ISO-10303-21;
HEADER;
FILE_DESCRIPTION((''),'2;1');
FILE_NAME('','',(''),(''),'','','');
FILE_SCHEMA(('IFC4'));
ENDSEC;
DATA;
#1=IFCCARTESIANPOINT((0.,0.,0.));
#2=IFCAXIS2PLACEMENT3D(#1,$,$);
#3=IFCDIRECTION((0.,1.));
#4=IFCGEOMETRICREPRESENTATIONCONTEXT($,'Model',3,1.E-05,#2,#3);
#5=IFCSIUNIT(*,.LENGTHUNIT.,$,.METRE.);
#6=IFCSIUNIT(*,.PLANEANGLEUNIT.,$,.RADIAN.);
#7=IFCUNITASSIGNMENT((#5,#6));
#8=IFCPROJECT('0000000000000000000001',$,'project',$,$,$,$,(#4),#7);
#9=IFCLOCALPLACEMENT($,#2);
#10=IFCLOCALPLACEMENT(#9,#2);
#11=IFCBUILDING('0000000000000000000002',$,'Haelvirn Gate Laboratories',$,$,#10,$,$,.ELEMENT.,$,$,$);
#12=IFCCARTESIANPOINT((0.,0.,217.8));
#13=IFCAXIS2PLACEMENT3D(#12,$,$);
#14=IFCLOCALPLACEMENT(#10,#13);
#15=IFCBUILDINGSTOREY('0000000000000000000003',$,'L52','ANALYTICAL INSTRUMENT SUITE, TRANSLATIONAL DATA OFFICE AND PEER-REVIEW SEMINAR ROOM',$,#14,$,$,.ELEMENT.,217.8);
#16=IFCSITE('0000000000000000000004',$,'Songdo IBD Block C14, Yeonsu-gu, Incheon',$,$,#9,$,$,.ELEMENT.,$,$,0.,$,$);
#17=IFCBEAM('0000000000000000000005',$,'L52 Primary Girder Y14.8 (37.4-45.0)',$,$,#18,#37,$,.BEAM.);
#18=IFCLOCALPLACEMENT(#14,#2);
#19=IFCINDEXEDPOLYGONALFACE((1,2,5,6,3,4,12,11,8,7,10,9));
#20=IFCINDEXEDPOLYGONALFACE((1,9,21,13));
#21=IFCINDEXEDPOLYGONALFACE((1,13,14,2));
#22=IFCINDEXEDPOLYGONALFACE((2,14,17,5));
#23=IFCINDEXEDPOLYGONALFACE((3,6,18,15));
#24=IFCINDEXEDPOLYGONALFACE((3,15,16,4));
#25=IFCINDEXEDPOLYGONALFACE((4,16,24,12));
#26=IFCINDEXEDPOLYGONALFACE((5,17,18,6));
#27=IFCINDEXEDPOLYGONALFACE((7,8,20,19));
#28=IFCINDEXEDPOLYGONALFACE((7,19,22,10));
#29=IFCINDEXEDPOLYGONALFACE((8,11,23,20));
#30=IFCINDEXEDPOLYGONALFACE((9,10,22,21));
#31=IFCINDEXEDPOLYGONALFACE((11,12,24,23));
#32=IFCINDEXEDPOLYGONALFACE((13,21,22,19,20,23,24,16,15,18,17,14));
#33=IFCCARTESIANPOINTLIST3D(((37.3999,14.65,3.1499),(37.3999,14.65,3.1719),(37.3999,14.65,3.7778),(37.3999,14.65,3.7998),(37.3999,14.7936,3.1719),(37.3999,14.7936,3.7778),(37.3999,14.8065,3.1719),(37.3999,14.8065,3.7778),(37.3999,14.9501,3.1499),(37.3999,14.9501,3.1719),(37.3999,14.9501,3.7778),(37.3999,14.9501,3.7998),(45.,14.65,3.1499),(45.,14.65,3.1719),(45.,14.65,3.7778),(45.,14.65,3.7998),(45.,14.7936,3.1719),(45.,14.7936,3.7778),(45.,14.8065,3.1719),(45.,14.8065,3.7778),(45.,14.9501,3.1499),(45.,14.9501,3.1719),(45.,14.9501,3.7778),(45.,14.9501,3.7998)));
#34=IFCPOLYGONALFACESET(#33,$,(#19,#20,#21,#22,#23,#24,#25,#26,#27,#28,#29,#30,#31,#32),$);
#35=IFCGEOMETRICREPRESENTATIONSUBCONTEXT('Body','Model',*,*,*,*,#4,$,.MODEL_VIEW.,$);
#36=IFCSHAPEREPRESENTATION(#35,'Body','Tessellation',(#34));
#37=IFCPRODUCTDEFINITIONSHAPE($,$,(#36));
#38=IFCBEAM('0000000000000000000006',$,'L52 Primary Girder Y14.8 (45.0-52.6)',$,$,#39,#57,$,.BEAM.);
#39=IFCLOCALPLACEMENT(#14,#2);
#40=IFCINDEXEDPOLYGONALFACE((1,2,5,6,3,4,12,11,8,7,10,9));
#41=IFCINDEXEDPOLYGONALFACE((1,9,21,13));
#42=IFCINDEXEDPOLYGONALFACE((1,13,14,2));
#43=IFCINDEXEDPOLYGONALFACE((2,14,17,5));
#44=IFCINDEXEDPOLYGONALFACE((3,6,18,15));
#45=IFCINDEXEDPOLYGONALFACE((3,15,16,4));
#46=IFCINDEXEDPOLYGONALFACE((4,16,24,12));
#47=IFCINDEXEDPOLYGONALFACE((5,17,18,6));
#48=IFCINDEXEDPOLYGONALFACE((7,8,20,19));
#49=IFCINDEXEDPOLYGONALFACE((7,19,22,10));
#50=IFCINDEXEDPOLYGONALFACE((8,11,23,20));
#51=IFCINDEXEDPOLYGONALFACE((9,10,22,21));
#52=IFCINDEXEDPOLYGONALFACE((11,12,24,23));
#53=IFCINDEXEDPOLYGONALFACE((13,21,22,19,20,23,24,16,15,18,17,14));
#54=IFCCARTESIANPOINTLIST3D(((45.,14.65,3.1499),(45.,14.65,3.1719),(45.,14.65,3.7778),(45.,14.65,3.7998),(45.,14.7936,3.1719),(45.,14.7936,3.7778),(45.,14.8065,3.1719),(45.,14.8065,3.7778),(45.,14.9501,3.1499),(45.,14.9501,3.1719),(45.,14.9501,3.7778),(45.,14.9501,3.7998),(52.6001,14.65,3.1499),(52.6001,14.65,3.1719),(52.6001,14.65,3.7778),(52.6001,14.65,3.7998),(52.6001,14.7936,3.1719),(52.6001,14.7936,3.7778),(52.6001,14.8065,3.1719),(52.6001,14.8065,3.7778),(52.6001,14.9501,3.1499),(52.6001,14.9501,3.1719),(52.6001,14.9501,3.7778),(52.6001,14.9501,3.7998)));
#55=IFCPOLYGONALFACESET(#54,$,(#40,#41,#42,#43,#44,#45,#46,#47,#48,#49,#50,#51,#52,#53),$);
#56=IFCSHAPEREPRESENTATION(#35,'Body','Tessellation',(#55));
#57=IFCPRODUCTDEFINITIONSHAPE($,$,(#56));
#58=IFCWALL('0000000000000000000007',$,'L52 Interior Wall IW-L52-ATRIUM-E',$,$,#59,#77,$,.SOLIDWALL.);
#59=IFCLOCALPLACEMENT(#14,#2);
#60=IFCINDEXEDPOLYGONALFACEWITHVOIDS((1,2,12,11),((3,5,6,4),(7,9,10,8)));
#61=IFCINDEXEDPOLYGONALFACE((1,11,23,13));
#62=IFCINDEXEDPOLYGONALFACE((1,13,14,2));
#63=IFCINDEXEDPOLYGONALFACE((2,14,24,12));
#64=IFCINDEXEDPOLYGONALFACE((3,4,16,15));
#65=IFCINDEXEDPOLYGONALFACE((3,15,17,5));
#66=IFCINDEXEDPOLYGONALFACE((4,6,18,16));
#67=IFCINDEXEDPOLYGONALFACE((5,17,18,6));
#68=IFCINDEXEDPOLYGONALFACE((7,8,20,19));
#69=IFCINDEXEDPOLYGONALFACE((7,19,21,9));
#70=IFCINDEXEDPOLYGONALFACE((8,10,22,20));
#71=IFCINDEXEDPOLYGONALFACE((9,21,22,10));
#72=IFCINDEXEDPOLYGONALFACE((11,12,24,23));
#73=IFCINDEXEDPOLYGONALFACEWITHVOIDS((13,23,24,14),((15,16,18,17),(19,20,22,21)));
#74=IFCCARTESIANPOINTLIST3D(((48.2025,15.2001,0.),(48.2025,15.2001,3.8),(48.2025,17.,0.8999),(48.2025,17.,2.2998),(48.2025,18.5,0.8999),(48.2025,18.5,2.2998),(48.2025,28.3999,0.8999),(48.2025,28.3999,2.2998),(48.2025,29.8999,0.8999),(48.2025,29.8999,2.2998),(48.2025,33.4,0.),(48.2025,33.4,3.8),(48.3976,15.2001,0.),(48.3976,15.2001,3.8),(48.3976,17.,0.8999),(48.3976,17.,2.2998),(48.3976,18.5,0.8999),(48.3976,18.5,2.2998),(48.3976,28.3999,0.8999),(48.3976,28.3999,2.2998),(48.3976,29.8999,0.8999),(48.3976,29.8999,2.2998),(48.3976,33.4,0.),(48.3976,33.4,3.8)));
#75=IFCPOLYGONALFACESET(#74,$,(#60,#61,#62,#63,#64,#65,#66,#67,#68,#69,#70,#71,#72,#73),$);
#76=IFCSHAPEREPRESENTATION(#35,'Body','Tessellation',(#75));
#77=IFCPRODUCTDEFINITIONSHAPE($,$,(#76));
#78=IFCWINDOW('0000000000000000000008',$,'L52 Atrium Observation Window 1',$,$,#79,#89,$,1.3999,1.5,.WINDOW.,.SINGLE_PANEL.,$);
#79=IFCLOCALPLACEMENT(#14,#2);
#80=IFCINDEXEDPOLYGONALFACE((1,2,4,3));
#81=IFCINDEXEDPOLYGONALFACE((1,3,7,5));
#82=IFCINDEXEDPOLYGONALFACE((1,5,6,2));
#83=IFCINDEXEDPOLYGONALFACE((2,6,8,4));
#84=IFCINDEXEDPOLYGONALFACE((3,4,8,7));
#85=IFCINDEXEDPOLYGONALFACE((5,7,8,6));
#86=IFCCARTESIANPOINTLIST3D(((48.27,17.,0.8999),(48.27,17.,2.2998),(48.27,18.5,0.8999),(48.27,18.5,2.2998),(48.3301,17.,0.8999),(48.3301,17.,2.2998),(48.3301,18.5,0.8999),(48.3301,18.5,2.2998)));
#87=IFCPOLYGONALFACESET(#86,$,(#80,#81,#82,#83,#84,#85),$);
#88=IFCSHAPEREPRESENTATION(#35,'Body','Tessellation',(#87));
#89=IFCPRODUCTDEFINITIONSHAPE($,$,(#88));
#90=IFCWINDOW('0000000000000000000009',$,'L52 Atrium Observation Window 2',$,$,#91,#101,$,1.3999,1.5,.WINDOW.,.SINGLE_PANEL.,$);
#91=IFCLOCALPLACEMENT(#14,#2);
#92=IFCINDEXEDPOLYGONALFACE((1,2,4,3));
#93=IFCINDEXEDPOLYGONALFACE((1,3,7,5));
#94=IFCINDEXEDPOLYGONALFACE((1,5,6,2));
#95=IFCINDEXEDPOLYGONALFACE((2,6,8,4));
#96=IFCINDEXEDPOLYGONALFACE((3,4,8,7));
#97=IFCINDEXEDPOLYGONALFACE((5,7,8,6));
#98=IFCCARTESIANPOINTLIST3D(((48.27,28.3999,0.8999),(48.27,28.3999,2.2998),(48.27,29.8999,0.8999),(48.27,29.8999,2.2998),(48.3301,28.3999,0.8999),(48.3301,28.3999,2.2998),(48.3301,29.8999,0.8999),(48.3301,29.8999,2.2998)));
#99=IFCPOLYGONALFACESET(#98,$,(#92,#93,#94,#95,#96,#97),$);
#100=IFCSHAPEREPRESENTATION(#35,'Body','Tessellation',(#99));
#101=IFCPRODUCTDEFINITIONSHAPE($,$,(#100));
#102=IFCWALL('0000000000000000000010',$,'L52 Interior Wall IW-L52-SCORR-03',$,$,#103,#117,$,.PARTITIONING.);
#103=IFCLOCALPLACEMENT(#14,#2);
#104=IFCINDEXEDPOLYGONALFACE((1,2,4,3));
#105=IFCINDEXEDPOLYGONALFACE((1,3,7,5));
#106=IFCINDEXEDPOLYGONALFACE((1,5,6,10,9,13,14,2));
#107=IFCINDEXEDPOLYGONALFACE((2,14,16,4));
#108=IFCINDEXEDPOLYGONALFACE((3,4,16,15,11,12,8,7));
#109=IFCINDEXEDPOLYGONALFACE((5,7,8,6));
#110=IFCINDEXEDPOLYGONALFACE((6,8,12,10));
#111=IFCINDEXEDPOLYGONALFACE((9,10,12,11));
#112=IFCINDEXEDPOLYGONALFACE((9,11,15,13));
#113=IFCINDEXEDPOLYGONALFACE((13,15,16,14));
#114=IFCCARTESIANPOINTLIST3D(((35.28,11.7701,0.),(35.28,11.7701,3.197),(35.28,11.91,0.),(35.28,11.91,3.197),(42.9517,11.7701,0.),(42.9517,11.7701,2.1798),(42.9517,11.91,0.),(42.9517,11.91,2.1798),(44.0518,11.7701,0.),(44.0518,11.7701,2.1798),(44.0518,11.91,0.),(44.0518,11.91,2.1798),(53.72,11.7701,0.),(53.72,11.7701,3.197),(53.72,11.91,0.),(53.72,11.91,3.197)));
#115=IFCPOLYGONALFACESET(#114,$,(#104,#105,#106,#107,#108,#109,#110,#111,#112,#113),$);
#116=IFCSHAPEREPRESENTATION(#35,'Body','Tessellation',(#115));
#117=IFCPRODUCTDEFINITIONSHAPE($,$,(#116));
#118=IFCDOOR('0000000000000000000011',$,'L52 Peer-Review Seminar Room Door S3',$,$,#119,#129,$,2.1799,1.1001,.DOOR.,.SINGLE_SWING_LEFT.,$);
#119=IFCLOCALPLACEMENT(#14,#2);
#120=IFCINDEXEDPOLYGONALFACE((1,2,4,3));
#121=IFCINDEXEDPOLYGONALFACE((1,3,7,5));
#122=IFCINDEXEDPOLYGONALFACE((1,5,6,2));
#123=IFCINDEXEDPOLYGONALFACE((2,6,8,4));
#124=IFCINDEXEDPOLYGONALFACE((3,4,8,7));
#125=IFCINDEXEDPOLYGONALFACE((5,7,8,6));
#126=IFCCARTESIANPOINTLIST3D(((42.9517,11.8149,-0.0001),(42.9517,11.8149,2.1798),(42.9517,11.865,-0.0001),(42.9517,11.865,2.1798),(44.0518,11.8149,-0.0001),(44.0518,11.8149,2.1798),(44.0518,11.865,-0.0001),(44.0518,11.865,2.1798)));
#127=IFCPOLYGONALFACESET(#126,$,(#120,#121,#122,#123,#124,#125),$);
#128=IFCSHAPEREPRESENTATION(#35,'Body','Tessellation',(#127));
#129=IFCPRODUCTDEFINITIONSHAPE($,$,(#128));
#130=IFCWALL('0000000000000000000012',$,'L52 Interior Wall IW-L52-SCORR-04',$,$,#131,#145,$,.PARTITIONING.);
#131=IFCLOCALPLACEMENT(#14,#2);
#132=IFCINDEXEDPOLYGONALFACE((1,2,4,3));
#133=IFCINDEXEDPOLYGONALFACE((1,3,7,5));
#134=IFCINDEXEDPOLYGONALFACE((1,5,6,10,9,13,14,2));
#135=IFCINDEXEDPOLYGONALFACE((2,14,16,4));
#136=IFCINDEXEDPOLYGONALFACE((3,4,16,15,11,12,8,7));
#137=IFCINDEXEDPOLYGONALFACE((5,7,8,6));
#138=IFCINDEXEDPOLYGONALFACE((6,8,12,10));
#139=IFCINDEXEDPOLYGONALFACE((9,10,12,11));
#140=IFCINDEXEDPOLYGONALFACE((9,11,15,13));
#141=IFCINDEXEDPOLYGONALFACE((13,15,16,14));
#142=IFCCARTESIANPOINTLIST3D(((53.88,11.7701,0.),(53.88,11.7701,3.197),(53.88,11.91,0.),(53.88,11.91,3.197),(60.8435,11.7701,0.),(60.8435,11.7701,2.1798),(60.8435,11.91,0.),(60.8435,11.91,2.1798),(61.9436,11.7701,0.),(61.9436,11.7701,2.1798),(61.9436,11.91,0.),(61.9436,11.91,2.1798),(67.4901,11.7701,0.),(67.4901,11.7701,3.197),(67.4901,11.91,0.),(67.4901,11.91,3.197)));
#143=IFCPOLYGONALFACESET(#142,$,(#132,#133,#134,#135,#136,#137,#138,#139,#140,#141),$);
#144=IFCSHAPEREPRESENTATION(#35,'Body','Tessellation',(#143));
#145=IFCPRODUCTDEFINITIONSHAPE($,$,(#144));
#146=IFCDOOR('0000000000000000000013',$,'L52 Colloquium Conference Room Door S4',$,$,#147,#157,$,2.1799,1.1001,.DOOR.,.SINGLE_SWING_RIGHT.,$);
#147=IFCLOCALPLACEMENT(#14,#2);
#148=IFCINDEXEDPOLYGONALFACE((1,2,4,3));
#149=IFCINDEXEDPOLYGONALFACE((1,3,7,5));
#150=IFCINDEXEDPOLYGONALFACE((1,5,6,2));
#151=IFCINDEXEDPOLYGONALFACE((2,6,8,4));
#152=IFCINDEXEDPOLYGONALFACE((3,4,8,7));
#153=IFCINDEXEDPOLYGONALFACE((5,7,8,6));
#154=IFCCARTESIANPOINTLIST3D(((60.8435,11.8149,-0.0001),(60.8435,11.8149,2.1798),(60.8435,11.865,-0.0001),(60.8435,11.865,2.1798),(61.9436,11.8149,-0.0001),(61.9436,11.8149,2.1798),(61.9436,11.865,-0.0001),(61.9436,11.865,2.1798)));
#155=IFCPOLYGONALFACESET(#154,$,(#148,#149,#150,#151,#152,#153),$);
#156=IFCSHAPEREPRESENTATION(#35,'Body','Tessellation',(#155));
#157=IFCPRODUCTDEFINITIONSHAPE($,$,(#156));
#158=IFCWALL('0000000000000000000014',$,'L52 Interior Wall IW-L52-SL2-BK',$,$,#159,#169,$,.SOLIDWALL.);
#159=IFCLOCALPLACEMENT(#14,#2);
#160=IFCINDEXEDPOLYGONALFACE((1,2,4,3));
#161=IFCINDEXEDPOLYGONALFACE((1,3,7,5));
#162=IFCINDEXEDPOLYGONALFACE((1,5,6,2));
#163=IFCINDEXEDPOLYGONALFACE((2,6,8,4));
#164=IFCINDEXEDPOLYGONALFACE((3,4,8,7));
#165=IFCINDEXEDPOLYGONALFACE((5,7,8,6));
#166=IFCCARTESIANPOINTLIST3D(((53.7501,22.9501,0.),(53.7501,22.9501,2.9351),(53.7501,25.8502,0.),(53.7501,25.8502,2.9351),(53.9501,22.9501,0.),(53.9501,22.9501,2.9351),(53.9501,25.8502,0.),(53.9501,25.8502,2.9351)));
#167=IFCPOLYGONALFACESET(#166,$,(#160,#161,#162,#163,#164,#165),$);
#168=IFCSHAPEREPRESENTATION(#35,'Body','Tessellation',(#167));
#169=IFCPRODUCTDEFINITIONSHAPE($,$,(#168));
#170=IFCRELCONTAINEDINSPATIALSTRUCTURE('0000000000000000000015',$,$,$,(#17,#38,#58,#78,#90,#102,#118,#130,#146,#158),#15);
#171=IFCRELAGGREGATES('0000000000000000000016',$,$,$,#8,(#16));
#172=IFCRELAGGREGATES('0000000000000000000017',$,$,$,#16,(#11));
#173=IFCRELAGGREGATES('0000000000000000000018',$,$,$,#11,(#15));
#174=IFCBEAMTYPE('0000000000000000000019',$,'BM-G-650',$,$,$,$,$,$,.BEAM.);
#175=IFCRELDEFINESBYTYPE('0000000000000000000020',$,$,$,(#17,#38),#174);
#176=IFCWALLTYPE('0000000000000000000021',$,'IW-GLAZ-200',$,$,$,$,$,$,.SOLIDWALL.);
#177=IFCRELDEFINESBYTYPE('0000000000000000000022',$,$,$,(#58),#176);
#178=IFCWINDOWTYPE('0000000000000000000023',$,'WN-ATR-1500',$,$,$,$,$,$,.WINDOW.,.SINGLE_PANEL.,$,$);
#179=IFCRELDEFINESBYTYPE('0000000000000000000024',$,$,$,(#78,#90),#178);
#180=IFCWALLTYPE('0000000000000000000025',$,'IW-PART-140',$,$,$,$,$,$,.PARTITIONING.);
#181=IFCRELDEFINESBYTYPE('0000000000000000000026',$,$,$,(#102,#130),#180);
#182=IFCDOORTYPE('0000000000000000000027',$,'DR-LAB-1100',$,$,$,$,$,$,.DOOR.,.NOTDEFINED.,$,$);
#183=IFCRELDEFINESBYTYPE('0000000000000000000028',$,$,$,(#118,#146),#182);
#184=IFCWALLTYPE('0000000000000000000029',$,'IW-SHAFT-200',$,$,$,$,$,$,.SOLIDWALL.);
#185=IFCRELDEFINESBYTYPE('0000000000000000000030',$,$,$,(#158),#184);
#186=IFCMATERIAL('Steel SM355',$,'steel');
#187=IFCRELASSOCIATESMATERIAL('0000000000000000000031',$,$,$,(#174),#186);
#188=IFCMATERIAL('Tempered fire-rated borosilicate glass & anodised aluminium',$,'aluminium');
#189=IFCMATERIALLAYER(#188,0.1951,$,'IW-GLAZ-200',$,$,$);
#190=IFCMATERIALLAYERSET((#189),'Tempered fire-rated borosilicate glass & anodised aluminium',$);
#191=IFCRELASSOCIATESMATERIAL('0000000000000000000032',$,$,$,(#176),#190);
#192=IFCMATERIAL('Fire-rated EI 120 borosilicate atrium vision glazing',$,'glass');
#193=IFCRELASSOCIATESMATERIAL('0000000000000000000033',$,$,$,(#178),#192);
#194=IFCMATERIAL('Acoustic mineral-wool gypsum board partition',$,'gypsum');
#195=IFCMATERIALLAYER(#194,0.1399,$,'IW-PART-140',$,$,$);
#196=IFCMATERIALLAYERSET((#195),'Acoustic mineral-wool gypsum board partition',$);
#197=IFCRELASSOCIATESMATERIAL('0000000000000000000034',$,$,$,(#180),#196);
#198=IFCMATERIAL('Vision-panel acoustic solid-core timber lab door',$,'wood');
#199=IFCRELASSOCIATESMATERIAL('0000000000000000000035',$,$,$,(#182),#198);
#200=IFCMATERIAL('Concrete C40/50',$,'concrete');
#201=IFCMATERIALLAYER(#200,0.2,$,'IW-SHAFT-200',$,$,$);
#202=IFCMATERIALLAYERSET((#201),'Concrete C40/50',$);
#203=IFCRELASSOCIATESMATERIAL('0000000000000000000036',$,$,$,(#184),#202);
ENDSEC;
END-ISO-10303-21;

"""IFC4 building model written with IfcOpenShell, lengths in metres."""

from ifc_helpers import new_model, si_unit, direction, frame, frame_2d, origin, origin_2d, place, context, subcontext, project, spatial, rectangle, i_section, extrude, source, transform, mapped, material, layer, layer_set, material_profile, profile_set, type_object, type_shapes, element, fill, save


model = new_model("IFC4")

# Units and contexts
model_context = context("Model", 3, precision=1e-05, world=origin(), true_north=direction((0.0, 1.0)))
body_context = subcontext(model_context, "Body", "Model", "MODEL_VIEW")
ifc_project = project(units=[si_unit("LENGTHUNIT", "METRE"), si_unit("PLANEANGLEUNIT", "RADIAN")], contexts=[model_context])

# Site, building, storey
site_placement = place(None, origin())
site = spatial("IfcSite", under=ifc_project, at=site_placement, Name="Songdo IBD Block C14, Yeonsu-gu, Incheon", CompositionType="ELEMENT", RefElevation=0.0)
building_placement = place(site_placement, origin())
building = spatial("IfcBuilding", under=site, at=building_placement, Name="Haelvirn Gate Laboratories", CompositionType="ELEMENT")
storey_placement = place(building_placement, frame((0.0, 0.0, 217.8)))
storey = spatial("IfcBuildingStorey", under=building, at=storey_placement, Name="L52", Description="ANALYTICAL INSTRUMENT SUITE, TRANSLATIONAL DATA OFFICE AND PEER-REVIEW SEMINAR ROOM", CompositionType="ELEMENT", Elevation=217.8)

# Shared definitions
ifc_material_1 = material(Name="Steel SM355", Category="steel")

# Beams
ifc_material_profile_1 = material_profile(ifc_material_1, i_section(OverallWidth=0.3, OverallDepth=0.6499, WebThickness=0.0129, FlangeThickness=0.022, at=origin_2d()), Name="H-650x300x13x22")
ifc_profile_set_1 = profile_set([ifc_material_profile_1], Name="Steel SM355")
beam_type_1 = type_object("IfcBeamType", Name="BM-G-650", PredefinedType="BEAM", material=ifc_profile_set_1)
shared_shape_1 = source(origin(), body_context, "Body", "SweptSolid", [
    extrude(i_section(OverallWidth=0.3, OverallDepth=0.6499, WebThickness=0.0129, FlangeThickness=0.022, at=origin_2d()), origin(), (0.0, 0.0, 1.0), 7.6001),
])
for number, where, z_axis, x_axis, name in (
    (1, (37.3999, 14.8, 3.4749), (1.0, 0.0, 0.0), (0.0, 1.0, 0.0), "L52 Primary Girder Y14.8 (37.4-45.0)"),
    (2, (45.0, 14.8, 3.4749), (1.0, 0.0, 0.0), (0.0, 1.0, 0.0), "L52 Primary Girder Y14.8 (45.0-52.6)"),
):
    element("IfcBeam", number, at=place(storey_placement, frame(where, z_axis=z_axis, x_axis=x_axis)), inside=storey, type_object=beam_type_1, Name=name, PredefinedType="BEAM", context=body_context, shape_type="MappedRepresentation", body=[
        mapped(shared_shape_1, transform((0.0, 0.0, 0.0), scale=1.0)),
    ])

# Wall, openings, windows
ifc_material_2 = material(Name="Tempered fire-rated borosilicate glass & anodised aluminium", Category="aluminium")
ifc_layer_1 = layer(ifc_material_2, 0.1951, Name="IW-GLAZ-200")
ifc_layer_set_1 = layer_set([ifc_layer_1], Name="Tempered fire-rated borosilicate glass & anodised aluminium")
wall_type_1 = type_object("IfcWallType", Name="IW-GLAZ-200", PredefinedType="SOLIDWALL", material=ifc_layer_set_1)
wall_1_placement = place(storey_placement, frame((48.3, 15.2, 0.0), z_axis=(0.0, 0.0, 1.0), x_axis=(0.0, 1.0, 0.0)))
wall_1 = element("IfcWall", 3, at=wall_1_placement, inside=storey, type_object=wall_type_1, Name="L52 Interior Wall IW-L52-ATRIUM-E", PredefinedType="SOLIDWALL", context=body_context, shape_type="SweptSolid", body=[
    extrude(rectangle(XDim=18.2, YDim=0.1951, at=frame_2d((9.1001, 0.0))), origin(), (0.0, 0.0, 1.0), 3.8),
])
opening_1_placement = place(wall_1_placement, frame((1.8, 0.0, 0.8999)))
opening_1 = element("IfcOpeningElement", 4, at=opening_1_placement, cuts=wall_1, PredefinedType="OPENING", context=body_context, shape_type="SweptSolid", body=[
    extrude(rectangle(XDim=1.5, YDim=1.3999, at=frame_2d((0.75, 0.7))), frame((0.0, 0.1074, 0.0), z_axis=(0.0, -1.0, 0.0), x_axis=(1.0, 0.0, 0.0)), (0.0, 0.0, 1.0), 0.2151),
])
opening_2_placement = place(wall_1_placement, frame((13.2, 0.0, 0.8999)))
opening_2 = element("IfcOpeningElement", 5, at=opening_2_placement, cuts=wall_1, PredefinedType="OPENING", context=body_context, shape_type="SweptSolid", body=[
    extrude(rectangle(XDim=1.5, YDim=1.3999, at=frame_2d((0.75, 0.7))), frame((0.0, 0.1074, 0.0), z_axis=(0.0, -1.0, 0.0), x_axis=(1.0, 0.0, 0.0)), (0.0, 0.0, 1.0), 0.2151),
])
ifc_material_3 = material(Name="Fire-rated EI 120 borosilicate atrium vision glazing", Category="glass")
window_type = type_object("IfcWindowType", Name="WN-ATR-1500", PartitioningType="SINGLE_PANEL", PredefinedType="WINDOW", material=ifc_material_3)
shared_shape_2 = source(origin(), body_context, "Body", "SweptSolid", [
    extrude(rectangle(XDim=1.5, YDim=1.3999, at=frame_2d((0.75, 0.7))), frame((0.0, 0.03, 0.0), z_axis=(0.0, -1.0, 0.0), x_axis=(1.0, 0.0, 0.0)), (0.0, 0.0, 1.0), 0.0601),
])
type_shapes(window_type, [shared_shape_2])
window_1_placement = place(opening_1_placement, origin())
window_1 = element("IfcWindow", 6, at=window_1_placement, inside=storey, type_object=window_type, Name="L52 Atrium Observation Window 1", OverallHeight=1.3999, OverallWidth=1.5, PartitioningType="SINGLE_PANEL", PredefinedType="WINDOW", context=body_context, shape_type="MappedRepresentation", body=[
    mapped(shared_shape_2, transform((0.0, 0.0, 0.0), scale=1.0)),
])
fill(opening_1, window_1)
window_2_placement = place(opening_2_placement, origin())
window_2 = element("IfcWindow", 7, at=window_2_placement, inside=storey, type_object=window_type, Name="L52 Atrium Observation Window 2", OverallHeight=1.3999, OverallWidth=1.5, PartitioningType="SINGLE_PANEL", PredefinedType="WINDOW", context=body_context, shape_type="MappedRepresentation", body=[
    mapped(shared_shape_2, transform((0.0, 0.0, 0.0), scale=1.0)),
])
fill(opening_2, window_2)

# Walls, openings, doors
ifc_material_4 = material(Name="Acoustic mineral-wool gypsum board partition", Category="gypsum")
ifc_layer_2 = layer(ifc_material_4, 0.1399, Name="IW-PART-140")
ifc_layer_set_2 = layer_set([ifc_layer_2], Name="Acoustic mineral-wool gypsum board partition")
wall_type_2 = type_object("IfcWallType", Name="IW-PART-140", PredefinedType="PARTITIONING", material=ifc_layer_set_2)
wall_2_placement = place(storey_placement, frame((35.28, 11.8401, 0.0), z_axis=(0.0, 0.0, 1.0), x_axis=(1.0, 0.0, 0.0)))
wall_2 = element("IfcWall", 8, at=wall_2_placement, inside=storey, type_object=wall_type_2, Name="L52 Interior Wall IW-L52-SCORR-03", PredefinedType="PARTITIONING", context=body_context, shape_type="SweptSolid", body=[
    extrude(rectangle(XDim=18.4399, YDim=0.1399, at=frame_2d((9.22, 0.0))), origin(), (0.0, 0.0, 1.0), 3.197),
])
opening_3_placement = place(wall_2_placement, frame((7.6716, 0.0, 0.0)))
opening_3 = element("IfcOpeningElement", 9, at=opening_3_placement, cuts=wall_2, PredefinedType="OPENING", context=body_context, shape_type="SweptSolid", body=[
    extrude(rectangle(XDim=1.1001, YDim=2.1799, at=frame_2d((0.55, 1.0898))), frame((0.0, 0.0801, 0.0), z_axis=(0.0, -1.0, 0.0), x_axis=(1.0, 0.0, 0.0)), (0.0, 0.0, 1.0), 0.1599),
])
ifc_material_5 = material(Name="Vision-panel acoustic solid-core timber lab door", Category="wood")
door_type_1 = type_object("IfcDoorType", Name="DR-LAB-1100", OperationType="NOTDEFINED", PredefinedType="DOOR", material=ifc_material_5)
shared_shape_3 = source(origin(), body_context, "Body", "SweptSolid", [
    extrude(rectangle(XDim=1.1001, YDim=2.1799, at=frame_2d((0.55, 1.0898))), frame((0.0, 0.0249, 0.0), z_axis=(0.0, -1.0, 0.0), x_axis=(1.0, 0.0, 0.0)), (0.0, 0.0, 1.0), 0.05),
])
type_shapes(door_type_1, [shared_shape_3])
door_1_placement = place(opening_3_placement, origin())
door_1 = element("IfcDoor", 10, at=door_1_placement, inside=storey, type_object=door_type_1, Name="L52 Peer-Review Seminar Room Door S3", OperationType="SINGLE_SWING_LEFT", OverallHeight=2.1799, OverallWidth=1.1001, PredefinedType="DOOR", context=body_context, shape_type="MappedRepresentation", body=[
    mapped(shared_shape_3, transform((0.0, 0.0, 0.0), scale=1.0)),
])
fill(opening_3, door_1)
wall_3_placement = place(storey_placement, frame((53.8799, 11.8401, 0.0), z_axis=(0.0, 0.0, 1.0), x_axis=(1.0, 0.0, 0.0)))
wall_3 = element("IfcWall", 11, at=wall_3_placement, inside=storey, type_object=wall_type_2, Name="L52 Interior Wall IW-L52-SCORR-04", PredefinedType="PARTITIONING", context=body_context, shape_type="SweptSolid", body=[
    extrude(rectangle(XDim=13.6101, YDim=0.1399, at=frame_2d((6.8052, 0.0))), origin(), (0.0, 0.0, 1.0), 3.197),
])
opening_4_placement = place(wall_3_placement, frame((6.9636, 0.0, 0.0)))
opening_4 = element("IfcOpeningElement", 12, at=opening_4_placement, cuts=wall_3, PredefinedType="OPENING", context=body_context, shape_type="SweptSolid", body=[
    extrude(rectangle(XDim=1.1001, YDim=2.1799, at=frame_2d((0.55, 1.0898))), frame((0.0, 0.0801, 0.0), z_axis=(0.0, -1.0, 0.0), x_axis=(1.0, 0.0, 0.0)), (0.0, 0.0, 1.0), 0.1599),
])
door_2_placement = place(opening_4_placement, origin())
door_2 = element("IfcDoor", 13, at=door_2_placement, inside=storey, type_object=door_type_1, Name="L52 Colloquium Conference Room Door S4", OperationType="SINGLE_SWING_RIGHT", OverallHeight=2.1799, OverallWidth=1.1001, PredefinedType="DOOR", context=body_context, shape_type="MappedRepresentation", body=[
    mapped(shared_shape_3, transform((0.0, 0.0, 0.0), scale=1.0)),
])
fill(opening_4, door_2)

# Wall
ifc_material_6 = material(Name="Concrete C40/50", Category="concrete")
ifc_layer_3 = layer(ifc_material_6, 0.2, Name="IW-SHAFT-200")
ifc_layer_set_3 = layer_set([ifc_layer_3], Name="Concrete C40/50")
wall_type_3 = type_object("IfcWallType", Name="IW-SHAFT-200", PredefinedType="SOLIDWALL", material=ifc_layer_set_3)
wall_4_placement = place(storey_placement, frame((53.8501, 22.95, 0.0), z_axis=(0.0, 0.0, 1.0), x_axis=(0.0, 1.0, 0.0)))
element("IfcWall", 14, at=wall_4_placement, inside=storey, type_object=wall_type_3, Name="L52 Interior Wall IW-L52-SL2-BK", PredefinedType="SOLIDWALL", context=body_context, shape_type="SweptSolid", body=[
    extrude(rectangle(XDim=2.9001, YDim=0.2, at=frame_2d((1.4502, 0.0))), origin(), (0.0, 0.0, 1.0), 2.9351),
])

save(model, "model.ifc")
